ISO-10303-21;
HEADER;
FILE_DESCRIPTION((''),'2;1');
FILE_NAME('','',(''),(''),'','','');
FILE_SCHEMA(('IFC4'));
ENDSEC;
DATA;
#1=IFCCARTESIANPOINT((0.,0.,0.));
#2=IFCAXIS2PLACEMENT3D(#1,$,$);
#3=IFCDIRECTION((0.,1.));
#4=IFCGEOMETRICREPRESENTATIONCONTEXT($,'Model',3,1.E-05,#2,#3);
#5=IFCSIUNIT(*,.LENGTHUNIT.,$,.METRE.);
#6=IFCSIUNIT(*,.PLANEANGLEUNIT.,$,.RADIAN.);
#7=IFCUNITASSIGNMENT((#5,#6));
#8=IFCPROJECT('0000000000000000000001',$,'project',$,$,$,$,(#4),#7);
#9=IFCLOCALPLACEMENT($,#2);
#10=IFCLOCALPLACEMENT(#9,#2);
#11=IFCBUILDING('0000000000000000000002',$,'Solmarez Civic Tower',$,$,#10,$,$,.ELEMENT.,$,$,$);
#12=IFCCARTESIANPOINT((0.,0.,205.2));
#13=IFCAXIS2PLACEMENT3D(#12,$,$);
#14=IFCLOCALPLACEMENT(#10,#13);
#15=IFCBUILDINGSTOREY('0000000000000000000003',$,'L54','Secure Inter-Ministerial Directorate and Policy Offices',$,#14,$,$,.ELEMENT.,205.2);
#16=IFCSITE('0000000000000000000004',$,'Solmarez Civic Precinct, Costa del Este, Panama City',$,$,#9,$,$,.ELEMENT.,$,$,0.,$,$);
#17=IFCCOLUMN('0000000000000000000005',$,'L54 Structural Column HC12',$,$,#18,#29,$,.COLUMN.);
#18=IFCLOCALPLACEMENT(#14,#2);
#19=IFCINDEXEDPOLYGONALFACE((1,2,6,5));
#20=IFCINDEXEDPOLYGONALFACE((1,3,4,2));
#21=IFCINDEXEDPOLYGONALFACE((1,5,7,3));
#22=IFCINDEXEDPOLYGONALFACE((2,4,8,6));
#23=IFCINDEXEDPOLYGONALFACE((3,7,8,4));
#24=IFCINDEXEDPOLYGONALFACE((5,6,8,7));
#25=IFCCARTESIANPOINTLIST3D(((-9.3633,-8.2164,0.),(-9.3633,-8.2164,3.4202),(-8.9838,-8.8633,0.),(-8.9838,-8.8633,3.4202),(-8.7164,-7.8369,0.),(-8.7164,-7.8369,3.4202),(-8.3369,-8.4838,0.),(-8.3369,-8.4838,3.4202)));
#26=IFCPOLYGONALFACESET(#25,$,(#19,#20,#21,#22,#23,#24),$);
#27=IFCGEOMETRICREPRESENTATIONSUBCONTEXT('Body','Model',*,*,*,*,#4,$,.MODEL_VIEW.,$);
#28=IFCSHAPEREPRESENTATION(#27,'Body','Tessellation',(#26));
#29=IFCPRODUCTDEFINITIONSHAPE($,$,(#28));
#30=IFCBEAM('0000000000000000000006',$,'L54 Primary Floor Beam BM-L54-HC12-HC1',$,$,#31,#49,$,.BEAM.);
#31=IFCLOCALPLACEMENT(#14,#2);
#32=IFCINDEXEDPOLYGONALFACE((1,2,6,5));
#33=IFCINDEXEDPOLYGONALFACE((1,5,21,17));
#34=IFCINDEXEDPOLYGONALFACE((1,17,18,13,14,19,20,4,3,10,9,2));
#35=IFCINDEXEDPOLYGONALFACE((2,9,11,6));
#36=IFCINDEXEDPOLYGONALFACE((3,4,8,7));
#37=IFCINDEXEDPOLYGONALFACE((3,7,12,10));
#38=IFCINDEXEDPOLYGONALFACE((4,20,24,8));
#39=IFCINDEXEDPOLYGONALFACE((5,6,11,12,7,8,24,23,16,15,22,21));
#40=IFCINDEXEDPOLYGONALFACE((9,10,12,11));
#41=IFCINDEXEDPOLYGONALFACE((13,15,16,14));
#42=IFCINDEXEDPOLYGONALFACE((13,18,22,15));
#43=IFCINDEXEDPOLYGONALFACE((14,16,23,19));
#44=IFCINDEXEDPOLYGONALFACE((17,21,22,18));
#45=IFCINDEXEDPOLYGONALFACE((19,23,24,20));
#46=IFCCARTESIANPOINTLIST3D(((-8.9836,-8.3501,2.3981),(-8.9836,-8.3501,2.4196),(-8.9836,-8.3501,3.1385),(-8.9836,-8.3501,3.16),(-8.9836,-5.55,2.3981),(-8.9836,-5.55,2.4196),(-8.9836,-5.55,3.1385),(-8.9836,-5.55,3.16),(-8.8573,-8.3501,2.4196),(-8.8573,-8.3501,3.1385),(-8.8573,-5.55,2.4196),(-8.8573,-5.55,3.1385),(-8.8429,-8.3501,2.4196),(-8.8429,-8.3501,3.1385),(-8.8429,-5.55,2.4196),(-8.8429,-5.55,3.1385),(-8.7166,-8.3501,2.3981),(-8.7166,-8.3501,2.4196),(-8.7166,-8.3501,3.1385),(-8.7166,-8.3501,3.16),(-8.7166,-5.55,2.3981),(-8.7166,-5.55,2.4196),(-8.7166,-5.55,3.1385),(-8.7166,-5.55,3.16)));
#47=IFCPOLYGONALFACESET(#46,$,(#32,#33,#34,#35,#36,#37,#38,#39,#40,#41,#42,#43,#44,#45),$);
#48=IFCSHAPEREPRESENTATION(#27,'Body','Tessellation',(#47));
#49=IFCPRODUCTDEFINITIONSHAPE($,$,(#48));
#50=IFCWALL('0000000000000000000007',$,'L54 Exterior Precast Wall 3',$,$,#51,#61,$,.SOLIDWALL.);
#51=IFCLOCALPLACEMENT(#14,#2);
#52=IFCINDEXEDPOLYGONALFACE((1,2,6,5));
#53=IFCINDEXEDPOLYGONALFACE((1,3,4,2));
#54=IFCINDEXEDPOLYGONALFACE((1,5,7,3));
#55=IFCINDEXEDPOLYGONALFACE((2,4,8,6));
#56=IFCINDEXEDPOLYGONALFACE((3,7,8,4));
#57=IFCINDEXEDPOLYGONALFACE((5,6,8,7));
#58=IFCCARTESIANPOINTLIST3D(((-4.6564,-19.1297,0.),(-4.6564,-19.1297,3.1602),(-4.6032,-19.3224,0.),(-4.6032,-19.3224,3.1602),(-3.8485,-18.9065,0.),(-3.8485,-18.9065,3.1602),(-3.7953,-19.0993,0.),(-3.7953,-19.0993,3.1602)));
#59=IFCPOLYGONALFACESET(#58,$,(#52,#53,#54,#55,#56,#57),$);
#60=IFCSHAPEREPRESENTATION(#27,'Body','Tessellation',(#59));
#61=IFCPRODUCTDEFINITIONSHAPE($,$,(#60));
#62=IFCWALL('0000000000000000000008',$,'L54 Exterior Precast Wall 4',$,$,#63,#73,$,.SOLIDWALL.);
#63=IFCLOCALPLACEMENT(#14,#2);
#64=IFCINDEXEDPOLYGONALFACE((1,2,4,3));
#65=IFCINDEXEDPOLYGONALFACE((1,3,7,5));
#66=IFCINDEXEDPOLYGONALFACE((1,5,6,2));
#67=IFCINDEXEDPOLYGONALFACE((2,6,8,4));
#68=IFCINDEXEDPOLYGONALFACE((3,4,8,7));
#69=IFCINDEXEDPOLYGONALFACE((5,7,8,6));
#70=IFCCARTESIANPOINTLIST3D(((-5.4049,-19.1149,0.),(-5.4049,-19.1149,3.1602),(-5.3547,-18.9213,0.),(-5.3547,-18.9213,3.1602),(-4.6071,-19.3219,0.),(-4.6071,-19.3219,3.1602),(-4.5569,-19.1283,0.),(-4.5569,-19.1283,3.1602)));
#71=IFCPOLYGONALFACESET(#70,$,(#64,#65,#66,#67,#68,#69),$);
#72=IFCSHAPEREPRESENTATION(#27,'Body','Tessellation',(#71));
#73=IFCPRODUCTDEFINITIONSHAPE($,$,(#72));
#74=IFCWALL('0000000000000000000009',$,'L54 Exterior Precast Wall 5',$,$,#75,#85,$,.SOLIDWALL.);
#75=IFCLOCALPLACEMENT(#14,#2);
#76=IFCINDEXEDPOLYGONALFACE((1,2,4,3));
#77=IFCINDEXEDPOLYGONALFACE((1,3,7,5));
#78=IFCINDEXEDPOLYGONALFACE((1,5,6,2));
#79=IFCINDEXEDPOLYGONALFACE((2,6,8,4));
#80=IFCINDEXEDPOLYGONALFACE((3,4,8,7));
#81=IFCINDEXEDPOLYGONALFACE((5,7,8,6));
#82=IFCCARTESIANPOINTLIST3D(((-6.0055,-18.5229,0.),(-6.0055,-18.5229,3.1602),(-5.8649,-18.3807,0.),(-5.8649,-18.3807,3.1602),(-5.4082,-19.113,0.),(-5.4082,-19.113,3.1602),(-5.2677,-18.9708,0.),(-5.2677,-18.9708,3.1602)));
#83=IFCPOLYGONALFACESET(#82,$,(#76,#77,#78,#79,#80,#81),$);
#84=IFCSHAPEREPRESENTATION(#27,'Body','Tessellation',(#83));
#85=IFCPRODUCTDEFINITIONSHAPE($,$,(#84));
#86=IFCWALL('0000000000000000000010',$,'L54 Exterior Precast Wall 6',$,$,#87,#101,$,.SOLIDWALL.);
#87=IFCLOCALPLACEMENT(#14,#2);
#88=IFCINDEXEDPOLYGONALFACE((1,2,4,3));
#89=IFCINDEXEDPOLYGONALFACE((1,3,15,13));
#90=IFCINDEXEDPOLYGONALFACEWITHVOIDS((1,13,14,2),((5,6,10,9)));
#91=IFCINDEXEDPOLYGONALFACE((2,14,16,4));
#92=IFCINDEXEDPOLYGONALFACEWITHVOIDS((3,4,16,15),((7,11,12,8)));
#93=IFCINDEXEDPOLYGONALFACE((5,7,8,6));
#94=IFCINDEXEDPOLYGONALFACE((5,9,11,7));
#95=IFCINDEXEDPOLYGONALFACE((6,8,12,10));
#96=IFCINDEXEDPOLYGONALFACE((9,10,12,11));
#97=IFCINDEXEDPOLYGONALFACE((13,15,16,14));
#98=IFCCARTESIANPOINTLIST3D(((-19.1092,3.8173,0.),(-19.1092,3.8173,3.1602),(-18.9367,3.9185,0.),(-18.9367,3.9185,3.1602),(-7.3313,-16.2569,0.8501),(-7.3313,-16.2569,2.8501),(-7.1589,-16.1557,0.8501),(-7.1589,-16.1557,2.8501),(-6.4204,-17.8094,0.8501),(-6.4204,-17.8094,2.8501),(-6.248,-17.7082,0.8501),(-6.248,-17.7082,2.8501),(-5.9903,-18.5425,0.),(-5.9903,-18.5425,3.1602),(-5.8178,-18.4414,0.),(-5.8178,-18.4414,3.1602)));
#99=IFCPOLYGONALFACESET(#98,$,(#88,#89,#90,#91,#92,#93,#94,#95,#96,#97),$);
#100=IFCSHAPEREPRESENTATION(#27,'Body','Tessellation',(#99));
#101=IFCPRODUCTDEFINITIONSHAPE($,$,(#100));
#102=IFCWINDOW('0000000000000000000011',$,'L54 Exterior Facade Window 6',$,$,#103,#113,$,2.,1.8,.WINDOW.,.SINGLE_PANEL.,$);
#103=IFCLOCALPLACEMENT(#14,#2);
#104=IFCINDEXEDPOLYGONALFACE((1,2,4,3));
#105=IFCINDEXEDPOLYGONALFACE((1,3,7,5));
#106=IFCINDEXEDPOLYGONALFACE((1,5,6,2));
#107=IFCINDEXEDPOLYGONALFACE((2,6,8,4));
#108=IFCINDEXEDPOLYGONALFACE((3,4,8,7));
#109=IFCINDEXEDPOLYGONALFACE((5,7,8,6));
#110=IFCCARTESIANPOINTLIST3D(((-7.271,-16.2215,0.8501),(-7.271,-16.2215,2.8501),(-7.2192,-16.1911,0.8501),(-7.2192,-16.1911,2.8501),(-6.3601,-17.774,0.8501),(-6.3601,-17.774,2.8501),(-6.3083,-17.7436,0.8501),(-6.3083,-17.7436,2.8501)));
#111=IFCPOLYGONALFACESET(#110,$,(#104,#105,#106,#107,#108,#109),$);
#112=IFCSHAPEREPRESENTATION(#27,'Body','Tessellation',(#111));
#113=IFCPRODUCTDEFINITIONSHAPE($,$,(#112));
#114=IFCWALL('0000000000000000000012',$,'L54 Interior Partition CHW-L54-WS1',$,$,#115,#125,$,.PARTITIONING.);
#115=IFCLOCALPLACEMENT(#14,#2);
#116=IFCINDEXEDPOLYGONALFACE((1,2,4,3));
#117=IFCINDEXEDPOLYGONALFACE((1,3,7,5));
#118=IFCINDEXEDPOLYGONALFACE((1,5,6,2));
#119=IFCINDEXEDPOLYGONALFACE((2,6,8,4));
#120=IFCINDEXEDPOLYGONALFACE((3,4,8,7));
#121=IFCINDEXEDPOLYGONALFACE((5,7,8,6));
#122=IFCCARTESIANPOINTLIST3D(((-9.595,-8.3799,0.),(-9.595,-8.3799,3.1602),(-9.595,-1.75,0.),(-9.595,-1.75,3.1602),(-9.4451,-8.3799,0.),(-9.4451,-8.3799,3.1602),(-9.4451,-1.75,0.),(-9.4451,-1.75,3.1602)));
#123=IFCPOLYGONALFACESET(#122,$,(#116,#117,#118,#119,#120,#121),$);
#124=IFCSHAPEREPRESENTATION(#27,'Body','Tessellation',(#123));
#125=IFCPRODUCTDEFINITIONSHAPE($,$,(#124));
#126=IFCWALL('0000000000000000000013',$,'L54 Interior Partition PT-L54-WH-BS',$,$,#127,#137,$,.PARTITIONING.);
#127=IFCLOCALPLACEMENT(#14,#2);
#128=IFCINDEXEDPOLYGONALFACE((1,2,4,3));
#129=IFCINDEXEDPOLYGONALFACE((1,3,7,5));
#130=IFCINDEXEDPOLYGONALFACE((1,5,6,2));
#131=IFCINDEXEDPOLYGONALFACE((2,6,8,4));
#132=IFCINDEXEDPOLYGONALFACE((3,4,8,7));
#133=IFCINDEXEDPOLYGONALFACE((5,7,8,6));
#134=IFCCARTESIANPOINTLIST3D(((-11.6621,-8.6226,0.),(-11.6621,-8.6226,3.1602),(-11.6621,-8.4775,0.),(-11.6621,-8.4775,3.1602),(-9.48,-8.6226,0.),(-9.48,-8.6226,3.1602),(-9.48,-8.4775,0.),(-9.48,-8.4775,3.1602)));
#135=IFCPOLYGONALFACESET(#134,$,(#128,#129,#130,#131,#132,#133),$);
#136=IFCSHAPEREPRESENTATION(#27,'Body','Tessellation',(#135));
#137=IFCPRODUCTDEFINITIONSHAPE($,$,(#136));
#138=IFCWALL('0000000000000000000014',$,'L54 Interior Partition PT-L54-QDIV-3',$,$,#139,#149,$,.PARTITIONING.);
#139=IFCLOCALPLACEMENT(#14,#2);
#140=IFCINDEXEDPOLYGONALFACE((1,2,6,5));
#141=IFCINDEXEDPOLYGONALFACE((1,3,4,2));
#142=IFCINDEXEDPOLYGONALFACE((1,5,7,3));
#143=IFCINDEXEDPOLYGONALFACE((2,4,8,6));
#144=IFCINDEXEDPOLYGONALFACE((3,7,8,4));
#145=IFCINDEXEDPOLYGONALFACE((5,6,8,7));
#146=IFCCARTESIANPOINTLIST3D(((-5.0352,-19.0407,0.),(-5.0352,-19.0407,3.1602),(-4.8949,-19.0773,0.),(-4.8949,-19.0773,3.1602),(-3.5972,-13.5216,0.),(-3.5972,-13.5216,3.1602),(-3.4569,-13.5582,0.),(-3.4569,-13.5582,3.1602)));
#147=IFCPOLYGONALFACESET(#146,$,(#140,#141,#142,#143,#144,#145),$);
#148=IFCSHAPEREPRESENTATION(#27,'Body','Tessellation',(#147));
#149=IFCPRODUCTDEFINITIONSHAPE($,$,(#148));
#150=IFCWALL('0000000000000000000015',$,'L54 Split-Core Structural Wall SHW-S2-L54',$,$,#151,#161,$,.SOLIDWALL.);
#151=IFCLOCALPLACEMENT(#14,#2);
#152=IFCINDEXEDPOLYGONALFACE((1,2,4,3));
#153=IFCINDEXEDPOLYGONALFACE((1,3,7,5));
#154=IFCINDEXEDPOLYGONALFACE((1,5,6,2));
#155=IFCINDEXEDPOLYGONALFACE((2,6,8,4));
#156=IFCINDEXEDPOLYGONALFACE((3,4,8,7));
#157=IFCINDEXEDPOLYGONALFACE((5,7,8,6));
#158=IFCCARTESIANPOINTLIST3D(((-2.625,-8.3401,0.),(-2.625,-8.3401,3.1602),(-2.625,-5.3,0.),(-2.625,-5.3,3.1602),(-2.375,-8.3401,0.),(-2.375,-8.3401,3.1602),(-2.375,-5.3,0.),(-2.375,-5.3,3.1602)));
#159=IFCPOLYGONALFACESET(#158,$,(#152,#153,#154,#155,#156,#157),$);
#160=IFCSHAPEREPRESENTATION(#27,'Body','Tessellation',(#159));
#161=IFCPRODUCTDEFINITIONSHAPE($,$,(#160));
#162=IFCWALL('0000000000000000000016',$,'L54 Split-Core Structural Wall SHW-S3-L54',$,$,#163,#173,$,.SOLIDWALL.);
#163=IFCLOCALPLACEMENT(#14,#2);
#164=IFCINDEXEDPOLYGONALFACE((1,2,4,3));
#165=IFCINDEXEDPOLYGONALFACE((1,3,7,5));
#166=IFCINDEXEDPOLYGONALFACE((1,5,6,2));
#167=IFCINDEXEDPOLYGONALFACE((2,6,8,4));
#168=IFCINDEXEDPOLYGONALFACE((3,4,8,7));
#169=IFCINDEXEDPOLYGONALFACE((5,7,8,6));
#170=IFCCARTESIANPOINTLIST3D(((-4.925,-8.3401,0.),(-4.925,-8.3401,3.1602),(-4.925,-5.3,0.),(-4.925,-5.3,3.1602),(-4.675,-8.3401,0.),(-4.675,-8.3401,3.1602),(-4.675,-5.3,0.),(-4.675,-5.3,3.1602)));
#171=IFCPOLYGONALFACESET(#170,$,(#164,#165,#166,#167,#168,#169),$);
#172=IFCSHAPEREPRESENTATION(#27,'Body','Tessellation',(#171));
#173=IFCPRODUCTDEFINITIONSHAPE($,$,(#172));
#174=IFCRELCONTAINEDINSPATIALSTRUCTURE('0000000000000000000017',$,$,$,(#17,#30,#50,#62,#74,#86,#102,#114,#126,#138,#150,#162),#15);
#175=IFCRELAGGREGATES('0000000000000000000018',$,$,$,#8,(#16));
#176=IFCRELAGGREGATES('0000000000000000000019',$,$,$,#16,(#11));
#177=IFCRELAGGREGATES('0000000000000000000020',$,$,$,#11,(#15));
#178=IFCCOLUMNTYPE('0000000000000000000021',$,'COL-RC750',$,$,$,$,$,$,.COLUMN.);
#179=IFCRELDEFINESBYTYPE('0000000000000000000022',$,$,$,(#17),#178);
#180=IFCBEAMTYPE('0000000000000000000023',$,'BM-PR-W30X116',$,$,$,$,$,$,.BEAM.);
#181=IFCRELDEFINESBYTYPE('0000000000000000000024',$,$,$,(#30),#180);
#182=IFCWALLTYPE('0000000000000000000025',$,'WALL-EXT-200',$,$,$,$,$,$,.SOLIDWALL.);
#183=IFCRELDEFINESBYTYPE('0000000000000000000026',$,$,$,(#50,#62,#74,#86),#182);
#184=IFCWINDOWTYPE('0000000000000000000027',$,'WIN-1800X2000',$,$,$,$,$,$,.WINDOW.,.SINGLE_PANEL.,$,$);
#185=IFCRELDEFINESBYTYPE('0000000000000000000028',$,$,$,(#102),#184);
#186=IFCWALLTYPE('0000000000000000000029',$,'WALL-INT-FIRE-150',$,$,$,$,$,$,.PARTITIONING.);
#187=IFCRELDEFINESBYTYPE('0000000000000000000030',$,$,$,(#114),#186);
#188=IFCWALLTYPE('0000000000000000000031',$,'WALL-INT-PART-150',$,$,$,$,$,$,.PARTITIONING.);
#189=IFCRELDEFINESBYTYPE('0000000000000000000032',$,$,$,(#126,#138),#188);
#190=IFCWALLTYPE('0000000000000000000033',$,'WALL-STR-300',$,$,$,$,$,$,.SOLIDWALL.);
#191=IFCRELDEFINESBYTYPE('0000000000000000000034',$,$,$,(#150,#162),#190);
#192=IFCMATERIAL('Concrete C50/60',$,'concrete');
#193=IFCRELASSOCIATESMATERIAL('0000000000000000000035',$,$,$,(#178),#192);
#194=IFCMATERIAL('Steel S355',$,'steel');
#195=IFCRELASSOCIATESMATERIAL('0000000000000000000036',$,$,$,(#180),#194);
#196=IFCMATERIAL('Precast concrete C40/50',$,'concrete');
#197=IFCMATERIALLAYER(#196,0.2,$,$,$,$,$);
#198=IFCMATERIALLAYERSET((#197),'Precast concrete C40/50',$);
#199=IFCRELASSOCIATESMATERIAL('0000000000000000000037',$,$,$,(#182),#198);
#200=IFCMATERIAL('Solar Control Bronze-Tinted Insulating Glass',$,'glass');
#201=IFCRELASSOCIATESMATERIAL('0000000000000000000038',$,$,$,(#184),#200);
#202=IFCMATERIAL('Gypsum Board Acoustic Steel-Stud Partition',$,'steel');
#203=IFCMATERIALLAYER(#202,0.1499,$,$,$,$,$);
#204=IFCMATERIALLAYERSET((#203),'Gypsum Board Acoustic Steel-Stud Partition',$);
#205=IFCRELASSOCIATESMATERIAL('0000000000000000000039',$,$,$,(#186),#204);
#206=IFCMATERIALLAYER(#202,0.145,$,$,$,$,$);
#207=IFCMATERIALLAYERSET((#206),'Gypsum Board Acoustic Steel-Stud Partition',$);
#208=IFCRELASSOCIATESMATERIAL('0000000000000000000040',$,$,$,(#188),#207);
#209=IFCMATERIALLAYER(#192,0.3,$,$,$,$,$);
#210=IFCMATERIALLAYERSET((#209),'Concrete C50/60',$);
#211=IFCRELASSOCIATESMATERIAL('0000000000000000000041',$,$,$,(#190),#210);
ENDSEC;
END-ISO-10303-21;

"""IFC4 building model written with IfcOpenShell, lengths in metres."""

from ifc_helpers import new_model, si_unit, direction, frame, frame_2d, origin, origin_2d, place, context, subcontext, project, spatial, rectangle, i_section, extrude, material, layer, layer_set, material_profile, profile_set, type_object, element, fill, save


model = new_model("IFC4")

# Units and contexts
model_context = context("Model", 3, precision=1e-05, world=origin(), true_north=direction((0.0, 1.0)))
body_context = subcontext(model_context, "Body", "Model", "MODEL_VIEW")
ifc_project = project(units=[si_unit("LENGTHUNIT", "METRE"), si_unit("PLANEANGLEUNIT", "RADIAN")], contexts=[model_context])

# Site, building, storey
site_placement = place(None, origin())
site = spatial("IfcSite", under=ifc_project, at=site_placement, Name="Solmarez Civic Precinct, Costa del Este, Panama City", CompositionType="ELEMENT", RefElevation=0.0)
building_placement = place(site_placement, origin())
building = spatial("IfcBuilding", under=site, at=building_placement, Name="Solmarez Civic Tower", CompositionType="ELEMENT")
storey_placement = place(building_placement, frame((0.0, 0.0, 205.2)))
storey = spatial("IfcBuildingStorey", under=building, at=storey_placement, Name="L54", Description="Secure Inter-Ministerial Directorate and Policy Offices", CompositionType="ELEMENT", Elevation=205.2)

# Column
ifc_material_1 = material(Name="Concrete C50/60", Category="concrete")
ifc_material_profile_1 = material_profile(ifc_material_1, rectangle(XDim=0.75, YDim=0.75, at=origin_2d()), Name="RC750X750")
ifc_profile_set_1 = profile_set([ifc_material_profile_1], Name="Concrete C50/60")
column_type = type_object("IfcColumnType", Name="COL-RC750", PredefinedType="COLUMN", material=ifc_profile_set_1)
column_placement = place(storey_placement, frame((-8.8501, -8.3501, 0.0), z_axis=(0.0, 0.0, 1.0), x_axis=(0.862514, 0.506034, 0.0)))
element("IfcColumn", 1, at=column_placement, inside=storey, type_object=column_type, Name="L54 Structural Column HC12", PredefinedType="COLUMN", context=body_context, shape_type="SweptSolid", body=[
    extrude(rectangle(XDim=0.75, YDim=0.75, at=origin_2d()), origin(), (0.0, 0.0, 1.0), 3.4202),
])

# Beam
ifc_material_2 = material(Name="Steel S355", Category="steel")
ifc_material_profile_2 = material_profile(ifc_material_2, i_section(OverallWidth=0.2671, OverallDepth=0.762, WebThickness=0.0144, FlangeThickness=0.0215, at=origin_2d()), Name="W30X116")
ifc_profile_set_2 = profile_set([ifc_material_profile_2], Name="Steel S355")
beam_type = type_object("IfcBeamType", Name="BM-PR-W30X116", PredefinedType="BEAM", material=ifc_profile_set_2)
beam_placement = place(storey_placement, frame((-8.8501, -8.3501, 2.7791), z_axis=(0.0, 1.0, 0.0), x_axis=(-1.0, 0.0, 0.0)))
element("IfcBeam", 2, at=beam_placement, inside=storey, type_object=beam_type, Name="L54 Primary Floor Beam BM-L54-HC12-HC1", PredefinedType="BEAM", context=body_context, shape_type="SweptSolid", body=[
    extrude(i_section(OverallWidth=0.2671, OverallDepth=0.762, WebThickness=0.0144, FlangeThickness=0.0215, at=origin_2d()), origin(), (0.0, 0.0, 1.0), 2.8),
])

# Walls
ifc_material_3 = material(Name="Precast concrete C40/50", Category="concrete")
ifc_layer_1 = layer(ifc_material_3, 0.2)
ifc_layer_set_1 = layer_set([ifc_layer_1], Name="Precast concrete C40/50")
wall_type_1 = type_object("IfcWallType", Name="WALL-EXT-200", PredefinedType="SOLIDWALL", material=ifc_layer_set_1)
wall_1_placement = place(storey_placement, frame((-3.822, -19.0029, 0.0), z_axis=(0.0, 0.0, 1.0), x_axis=(-0.963905, -0.266246, 0.0)))
element("IfcWall", 3, at=wall_1_placement, inside=storey, type_object=wall_type_1, Name="L54 Exterior Precast Wall 3", PredefinedType="SOLIDWALL", context=body_context, shape_type="SweptSolid", body=[
    extrude(rectangle(XDim=0.8381, YDim=0.2, at=frame_2d((0.4189, 0.0))), origin(), (0.0, 0.0, 1.0), 3.1602),
])
wall_2_placement = place(storey_placement, frame((-4.582, -19.2251, 0.0), z_axis=(0.0, 0.0, 1.0), x_axis=(-0.967944, 0.251168, 0.0)))
element("IfcWall", 4, at=wall_2_placement, inside=storey, type_object=wall_type_1, Name="L54 Exterior Precast Wall 4", PredefinedType="SOLIDWALL", context=body_context, shape_type="SweptSolid", body=[
    extrude(rectangle(XDim=0.8242, YDim=0.2, at=frame_2d((0.4121, 0.0))), origin(), (0.0, 0.0, 1.0), 3.1602),
])
wall_3_placement = place(storey_placement, frame((-5.3379, -19.042, 0.0), z_axis=(0.0, 0.0, 1.0), x_axis=(-0.711311, 0.702878, 0.0)))
element("IfcWall", 5, at=wall_3_placement, inside=storey, type_object=wall_type_1, Name="L54 Exterior Precast Wall 5", PredefinedType="SOLIDWALL", context=body_context, shape_type="SweptSolid", body=[
    extrude(rectangle(XDim=0.8396, YDim=0.2, at=frame_2d((0.4199, 0.0))), origin(), (0.0, 0.0, 1.0), 3.1602),
])

# Wall, opening, window
wall_4_placement = place(storey_placement, frame((-5.9041, -18.4919, 0.0), z_axis=(0.0, 0.0, 1.0), x_axis=(-0.506046, 0.862506, 0.0)))
wall_4 = element("IfcWall", 6, at=wall_4_placement, inside=storey, type_object=wall_type_1, Name="L54 Exterior Precast Wall 6", PredefinedType="SOLIDWALL", context=body_context, shape_type="SweptSolid", body=[
    extrude(rectangle(XDim=25.9243, YDim=0.2, at=frame_2d((12.9622, 0.0))), origin(), (0.0, 0.0, 1.0), 3.1602),
])
opening_placement = place(wall_4_placement, frame((0.8501, 0.0, 0.8501)))
opening = element("IfcOpeningElement", 7, at=opening_placement, cuts=wall_4, PredefinedType="OPENING", context=body_context, shape_type="SweptSolid", body=[
    extrude(rectangle(XDim=1.8, YDim=2.0, at=frame_2d((0.8999, 1.0))), frame((0.0, 0.1099, 0.0), z_axis=(0.0, -1.0, 0.0), x_axis=(1.0, 0.0, 0.0)), (0.0, 0.0, 1.0), 0.22),
])
ifc_material_4 = material(Name="Solar Control Bronze-Tinted Insulating Glass", Category="glass")
window_type = type_object("IfcWindowType", Name="WIN-1800X2000", PartitioningType="SINGLE_PANEL", PredefinedType="WINDOW", material=ifc_material_4)
window_placement = place(opening_placement, origin())
window = element("IfcWindow", 8, at=window_placement, inside=storey, type_object=window_type, Name="L54 Exterior Facade Window 6", OverallHeight=2.0, OverallWidth=1.8, PartitioningType="SINGLE_PANEL", PredefinedType="WINDOW", context=body_context, shape_type="SweptSolid", body=[
    extrude(rectangle(XDim=1.8, YDim=2.0, at=frame_2d((0.8999, 1.0))), frame((0.0, 0.03, 0.0), z_axis=(0.0, -1.0, 0.0), x_axis=(1.0, 0.0, 0.0)), (0.0, 0.0, 1.0), 0.0601),
])
fill(opening, window)

# Walls
ifc_material_5 = material(Name="Gypsum Board Acoustic Steel-Stud Partition", Category="steel")
ifc_layer_2 = layer(ifc_material_5, 0.1499)
ifc_layer_set_2 = layer_set([ifc_layer_2], Name="Gypsum Board Acoustic Steel-Stud Partition")
wall_type_2 = type_object("IfcWallType", Name="WALL-INT-FIRE-150", PredefinedType="PARTITIONING", material=ifc_layer_set_2)
wall_5_placement = place(storey_placement, frame((-9.52, -8.3799, 0.0), z_axis=(0.0, 0.0, 1.0), x_axis=(0.0, 1.0, 0.0)))
element("IfcWall", 9, at=wall_5_placement, inside=storey, type_object=wall_type_2, Name="L54 Interior Partition CHW-L54-WS1", PredefinedType="PARTITIONING", context=body_context, shape_type="SweptSolid", body=[
    extrude(rectangle(XDim=6.6299, YDim=0.1499, at=frame_2d((3.3149, 0.0))), origin(), (0.0, 0.0, 1.0), 3.1602),
])
ifc_layer_3 = layer(ifc_material_5, 0.145)
ifc_layer_set_3 = layer_set([ifc_layer_3], Name="Gypsum Board Acoustic Steel-Stud Partition")
wall_type_3 = type_object("IfcWallType", Name="WALL-INT-PART-150", PredefinedType="PARTITIONING", material=ifc_layer_set_3)
wall_6_placement = place(storey_placement, frame((-11.6621, -8.55, 0.0), z_axis=(0.0, 0.0, 1.0), x_axis=(1.0, 0.0, 0.0)))
element("IfcWall", 10, at=wall_6_placement, inside=storey, type_object=wall_type_3, Name="L54 Interior Partition PT-L54-WH-BS", PredefinedType="PARTITIONING", context=body_context, shape_type="SweptSolid", body=[
    extrude(rectangle(XDim=2.1821, YDim=0.145, at=frame_2d((1.0911, 0.0))), origin(), (0.0, 0.0, 1.0), 3.1602),
])
wall_7_placement = place(storey_placement, frame((-3.5271, -13.54, 0.0), z_axis=(0.0, 0.0, 1.0), x_axis=(-0.252133, -0.967693, 0.0)))
element("IfcWall", 11, at=wall_7_placement, inside=storey, type_object=wall_type_3, Name="L54 Interior Partition PT-L54-QDIV-3", PredefinedType="PARTITIONING", context=body_context, shape_type="SweptSolid", body=[
    extrude(rectangle(XDim=5.7034, YDim=0.145, at=frame_2d((2.8516, 0.0))), origin(), (0.0, 0.0, 1.0), 3.1602),
])
ifc_layer_4 = layer(ifc_material_1, 0.3)
ifc_layer_set_4 = layer_set([ifc_layer_4], Name="Concrete C50/60")
wall_type_4 = type_object("IfcWallType", Name="WALL-STR-300", PredefinedType="SOLIDWALL", material=ifc_layer_set_4)
for number, where, z_axis, x_axis, name in (
    (12, (-2.5, -8.3401, 0.0), (0.0, 0.0, 1.0), (0.0, 1.0, 0.0), "L54 Split-Core Structural Wall SHW-S2-L54"),
    (13, (-4.8, -8.3401, 0.0), (0.0, 0.0, 1.0), (0.0, 1.0, 0.0), "L54 Split-Core Structural Wall SHW-S3-L54"),
):
    element("IfcWall", number, at=place(storey_placement, frame(where, z_axis=z_axis, x_axis=x_axis)), inside=storey, type_object=wall_type_4, Name=name, PredefinedType="SOLIDWALL", context=body_context, shape_type="SweptSolid", body=[
        extrude(rectangle(XDim=3.04, YDim=0.25, at=frame_2d((1.52, 0.0))), origin(), (0.0, 0.0, 1.0), 3.1602),
    ])

save(model, "model.ifc")
